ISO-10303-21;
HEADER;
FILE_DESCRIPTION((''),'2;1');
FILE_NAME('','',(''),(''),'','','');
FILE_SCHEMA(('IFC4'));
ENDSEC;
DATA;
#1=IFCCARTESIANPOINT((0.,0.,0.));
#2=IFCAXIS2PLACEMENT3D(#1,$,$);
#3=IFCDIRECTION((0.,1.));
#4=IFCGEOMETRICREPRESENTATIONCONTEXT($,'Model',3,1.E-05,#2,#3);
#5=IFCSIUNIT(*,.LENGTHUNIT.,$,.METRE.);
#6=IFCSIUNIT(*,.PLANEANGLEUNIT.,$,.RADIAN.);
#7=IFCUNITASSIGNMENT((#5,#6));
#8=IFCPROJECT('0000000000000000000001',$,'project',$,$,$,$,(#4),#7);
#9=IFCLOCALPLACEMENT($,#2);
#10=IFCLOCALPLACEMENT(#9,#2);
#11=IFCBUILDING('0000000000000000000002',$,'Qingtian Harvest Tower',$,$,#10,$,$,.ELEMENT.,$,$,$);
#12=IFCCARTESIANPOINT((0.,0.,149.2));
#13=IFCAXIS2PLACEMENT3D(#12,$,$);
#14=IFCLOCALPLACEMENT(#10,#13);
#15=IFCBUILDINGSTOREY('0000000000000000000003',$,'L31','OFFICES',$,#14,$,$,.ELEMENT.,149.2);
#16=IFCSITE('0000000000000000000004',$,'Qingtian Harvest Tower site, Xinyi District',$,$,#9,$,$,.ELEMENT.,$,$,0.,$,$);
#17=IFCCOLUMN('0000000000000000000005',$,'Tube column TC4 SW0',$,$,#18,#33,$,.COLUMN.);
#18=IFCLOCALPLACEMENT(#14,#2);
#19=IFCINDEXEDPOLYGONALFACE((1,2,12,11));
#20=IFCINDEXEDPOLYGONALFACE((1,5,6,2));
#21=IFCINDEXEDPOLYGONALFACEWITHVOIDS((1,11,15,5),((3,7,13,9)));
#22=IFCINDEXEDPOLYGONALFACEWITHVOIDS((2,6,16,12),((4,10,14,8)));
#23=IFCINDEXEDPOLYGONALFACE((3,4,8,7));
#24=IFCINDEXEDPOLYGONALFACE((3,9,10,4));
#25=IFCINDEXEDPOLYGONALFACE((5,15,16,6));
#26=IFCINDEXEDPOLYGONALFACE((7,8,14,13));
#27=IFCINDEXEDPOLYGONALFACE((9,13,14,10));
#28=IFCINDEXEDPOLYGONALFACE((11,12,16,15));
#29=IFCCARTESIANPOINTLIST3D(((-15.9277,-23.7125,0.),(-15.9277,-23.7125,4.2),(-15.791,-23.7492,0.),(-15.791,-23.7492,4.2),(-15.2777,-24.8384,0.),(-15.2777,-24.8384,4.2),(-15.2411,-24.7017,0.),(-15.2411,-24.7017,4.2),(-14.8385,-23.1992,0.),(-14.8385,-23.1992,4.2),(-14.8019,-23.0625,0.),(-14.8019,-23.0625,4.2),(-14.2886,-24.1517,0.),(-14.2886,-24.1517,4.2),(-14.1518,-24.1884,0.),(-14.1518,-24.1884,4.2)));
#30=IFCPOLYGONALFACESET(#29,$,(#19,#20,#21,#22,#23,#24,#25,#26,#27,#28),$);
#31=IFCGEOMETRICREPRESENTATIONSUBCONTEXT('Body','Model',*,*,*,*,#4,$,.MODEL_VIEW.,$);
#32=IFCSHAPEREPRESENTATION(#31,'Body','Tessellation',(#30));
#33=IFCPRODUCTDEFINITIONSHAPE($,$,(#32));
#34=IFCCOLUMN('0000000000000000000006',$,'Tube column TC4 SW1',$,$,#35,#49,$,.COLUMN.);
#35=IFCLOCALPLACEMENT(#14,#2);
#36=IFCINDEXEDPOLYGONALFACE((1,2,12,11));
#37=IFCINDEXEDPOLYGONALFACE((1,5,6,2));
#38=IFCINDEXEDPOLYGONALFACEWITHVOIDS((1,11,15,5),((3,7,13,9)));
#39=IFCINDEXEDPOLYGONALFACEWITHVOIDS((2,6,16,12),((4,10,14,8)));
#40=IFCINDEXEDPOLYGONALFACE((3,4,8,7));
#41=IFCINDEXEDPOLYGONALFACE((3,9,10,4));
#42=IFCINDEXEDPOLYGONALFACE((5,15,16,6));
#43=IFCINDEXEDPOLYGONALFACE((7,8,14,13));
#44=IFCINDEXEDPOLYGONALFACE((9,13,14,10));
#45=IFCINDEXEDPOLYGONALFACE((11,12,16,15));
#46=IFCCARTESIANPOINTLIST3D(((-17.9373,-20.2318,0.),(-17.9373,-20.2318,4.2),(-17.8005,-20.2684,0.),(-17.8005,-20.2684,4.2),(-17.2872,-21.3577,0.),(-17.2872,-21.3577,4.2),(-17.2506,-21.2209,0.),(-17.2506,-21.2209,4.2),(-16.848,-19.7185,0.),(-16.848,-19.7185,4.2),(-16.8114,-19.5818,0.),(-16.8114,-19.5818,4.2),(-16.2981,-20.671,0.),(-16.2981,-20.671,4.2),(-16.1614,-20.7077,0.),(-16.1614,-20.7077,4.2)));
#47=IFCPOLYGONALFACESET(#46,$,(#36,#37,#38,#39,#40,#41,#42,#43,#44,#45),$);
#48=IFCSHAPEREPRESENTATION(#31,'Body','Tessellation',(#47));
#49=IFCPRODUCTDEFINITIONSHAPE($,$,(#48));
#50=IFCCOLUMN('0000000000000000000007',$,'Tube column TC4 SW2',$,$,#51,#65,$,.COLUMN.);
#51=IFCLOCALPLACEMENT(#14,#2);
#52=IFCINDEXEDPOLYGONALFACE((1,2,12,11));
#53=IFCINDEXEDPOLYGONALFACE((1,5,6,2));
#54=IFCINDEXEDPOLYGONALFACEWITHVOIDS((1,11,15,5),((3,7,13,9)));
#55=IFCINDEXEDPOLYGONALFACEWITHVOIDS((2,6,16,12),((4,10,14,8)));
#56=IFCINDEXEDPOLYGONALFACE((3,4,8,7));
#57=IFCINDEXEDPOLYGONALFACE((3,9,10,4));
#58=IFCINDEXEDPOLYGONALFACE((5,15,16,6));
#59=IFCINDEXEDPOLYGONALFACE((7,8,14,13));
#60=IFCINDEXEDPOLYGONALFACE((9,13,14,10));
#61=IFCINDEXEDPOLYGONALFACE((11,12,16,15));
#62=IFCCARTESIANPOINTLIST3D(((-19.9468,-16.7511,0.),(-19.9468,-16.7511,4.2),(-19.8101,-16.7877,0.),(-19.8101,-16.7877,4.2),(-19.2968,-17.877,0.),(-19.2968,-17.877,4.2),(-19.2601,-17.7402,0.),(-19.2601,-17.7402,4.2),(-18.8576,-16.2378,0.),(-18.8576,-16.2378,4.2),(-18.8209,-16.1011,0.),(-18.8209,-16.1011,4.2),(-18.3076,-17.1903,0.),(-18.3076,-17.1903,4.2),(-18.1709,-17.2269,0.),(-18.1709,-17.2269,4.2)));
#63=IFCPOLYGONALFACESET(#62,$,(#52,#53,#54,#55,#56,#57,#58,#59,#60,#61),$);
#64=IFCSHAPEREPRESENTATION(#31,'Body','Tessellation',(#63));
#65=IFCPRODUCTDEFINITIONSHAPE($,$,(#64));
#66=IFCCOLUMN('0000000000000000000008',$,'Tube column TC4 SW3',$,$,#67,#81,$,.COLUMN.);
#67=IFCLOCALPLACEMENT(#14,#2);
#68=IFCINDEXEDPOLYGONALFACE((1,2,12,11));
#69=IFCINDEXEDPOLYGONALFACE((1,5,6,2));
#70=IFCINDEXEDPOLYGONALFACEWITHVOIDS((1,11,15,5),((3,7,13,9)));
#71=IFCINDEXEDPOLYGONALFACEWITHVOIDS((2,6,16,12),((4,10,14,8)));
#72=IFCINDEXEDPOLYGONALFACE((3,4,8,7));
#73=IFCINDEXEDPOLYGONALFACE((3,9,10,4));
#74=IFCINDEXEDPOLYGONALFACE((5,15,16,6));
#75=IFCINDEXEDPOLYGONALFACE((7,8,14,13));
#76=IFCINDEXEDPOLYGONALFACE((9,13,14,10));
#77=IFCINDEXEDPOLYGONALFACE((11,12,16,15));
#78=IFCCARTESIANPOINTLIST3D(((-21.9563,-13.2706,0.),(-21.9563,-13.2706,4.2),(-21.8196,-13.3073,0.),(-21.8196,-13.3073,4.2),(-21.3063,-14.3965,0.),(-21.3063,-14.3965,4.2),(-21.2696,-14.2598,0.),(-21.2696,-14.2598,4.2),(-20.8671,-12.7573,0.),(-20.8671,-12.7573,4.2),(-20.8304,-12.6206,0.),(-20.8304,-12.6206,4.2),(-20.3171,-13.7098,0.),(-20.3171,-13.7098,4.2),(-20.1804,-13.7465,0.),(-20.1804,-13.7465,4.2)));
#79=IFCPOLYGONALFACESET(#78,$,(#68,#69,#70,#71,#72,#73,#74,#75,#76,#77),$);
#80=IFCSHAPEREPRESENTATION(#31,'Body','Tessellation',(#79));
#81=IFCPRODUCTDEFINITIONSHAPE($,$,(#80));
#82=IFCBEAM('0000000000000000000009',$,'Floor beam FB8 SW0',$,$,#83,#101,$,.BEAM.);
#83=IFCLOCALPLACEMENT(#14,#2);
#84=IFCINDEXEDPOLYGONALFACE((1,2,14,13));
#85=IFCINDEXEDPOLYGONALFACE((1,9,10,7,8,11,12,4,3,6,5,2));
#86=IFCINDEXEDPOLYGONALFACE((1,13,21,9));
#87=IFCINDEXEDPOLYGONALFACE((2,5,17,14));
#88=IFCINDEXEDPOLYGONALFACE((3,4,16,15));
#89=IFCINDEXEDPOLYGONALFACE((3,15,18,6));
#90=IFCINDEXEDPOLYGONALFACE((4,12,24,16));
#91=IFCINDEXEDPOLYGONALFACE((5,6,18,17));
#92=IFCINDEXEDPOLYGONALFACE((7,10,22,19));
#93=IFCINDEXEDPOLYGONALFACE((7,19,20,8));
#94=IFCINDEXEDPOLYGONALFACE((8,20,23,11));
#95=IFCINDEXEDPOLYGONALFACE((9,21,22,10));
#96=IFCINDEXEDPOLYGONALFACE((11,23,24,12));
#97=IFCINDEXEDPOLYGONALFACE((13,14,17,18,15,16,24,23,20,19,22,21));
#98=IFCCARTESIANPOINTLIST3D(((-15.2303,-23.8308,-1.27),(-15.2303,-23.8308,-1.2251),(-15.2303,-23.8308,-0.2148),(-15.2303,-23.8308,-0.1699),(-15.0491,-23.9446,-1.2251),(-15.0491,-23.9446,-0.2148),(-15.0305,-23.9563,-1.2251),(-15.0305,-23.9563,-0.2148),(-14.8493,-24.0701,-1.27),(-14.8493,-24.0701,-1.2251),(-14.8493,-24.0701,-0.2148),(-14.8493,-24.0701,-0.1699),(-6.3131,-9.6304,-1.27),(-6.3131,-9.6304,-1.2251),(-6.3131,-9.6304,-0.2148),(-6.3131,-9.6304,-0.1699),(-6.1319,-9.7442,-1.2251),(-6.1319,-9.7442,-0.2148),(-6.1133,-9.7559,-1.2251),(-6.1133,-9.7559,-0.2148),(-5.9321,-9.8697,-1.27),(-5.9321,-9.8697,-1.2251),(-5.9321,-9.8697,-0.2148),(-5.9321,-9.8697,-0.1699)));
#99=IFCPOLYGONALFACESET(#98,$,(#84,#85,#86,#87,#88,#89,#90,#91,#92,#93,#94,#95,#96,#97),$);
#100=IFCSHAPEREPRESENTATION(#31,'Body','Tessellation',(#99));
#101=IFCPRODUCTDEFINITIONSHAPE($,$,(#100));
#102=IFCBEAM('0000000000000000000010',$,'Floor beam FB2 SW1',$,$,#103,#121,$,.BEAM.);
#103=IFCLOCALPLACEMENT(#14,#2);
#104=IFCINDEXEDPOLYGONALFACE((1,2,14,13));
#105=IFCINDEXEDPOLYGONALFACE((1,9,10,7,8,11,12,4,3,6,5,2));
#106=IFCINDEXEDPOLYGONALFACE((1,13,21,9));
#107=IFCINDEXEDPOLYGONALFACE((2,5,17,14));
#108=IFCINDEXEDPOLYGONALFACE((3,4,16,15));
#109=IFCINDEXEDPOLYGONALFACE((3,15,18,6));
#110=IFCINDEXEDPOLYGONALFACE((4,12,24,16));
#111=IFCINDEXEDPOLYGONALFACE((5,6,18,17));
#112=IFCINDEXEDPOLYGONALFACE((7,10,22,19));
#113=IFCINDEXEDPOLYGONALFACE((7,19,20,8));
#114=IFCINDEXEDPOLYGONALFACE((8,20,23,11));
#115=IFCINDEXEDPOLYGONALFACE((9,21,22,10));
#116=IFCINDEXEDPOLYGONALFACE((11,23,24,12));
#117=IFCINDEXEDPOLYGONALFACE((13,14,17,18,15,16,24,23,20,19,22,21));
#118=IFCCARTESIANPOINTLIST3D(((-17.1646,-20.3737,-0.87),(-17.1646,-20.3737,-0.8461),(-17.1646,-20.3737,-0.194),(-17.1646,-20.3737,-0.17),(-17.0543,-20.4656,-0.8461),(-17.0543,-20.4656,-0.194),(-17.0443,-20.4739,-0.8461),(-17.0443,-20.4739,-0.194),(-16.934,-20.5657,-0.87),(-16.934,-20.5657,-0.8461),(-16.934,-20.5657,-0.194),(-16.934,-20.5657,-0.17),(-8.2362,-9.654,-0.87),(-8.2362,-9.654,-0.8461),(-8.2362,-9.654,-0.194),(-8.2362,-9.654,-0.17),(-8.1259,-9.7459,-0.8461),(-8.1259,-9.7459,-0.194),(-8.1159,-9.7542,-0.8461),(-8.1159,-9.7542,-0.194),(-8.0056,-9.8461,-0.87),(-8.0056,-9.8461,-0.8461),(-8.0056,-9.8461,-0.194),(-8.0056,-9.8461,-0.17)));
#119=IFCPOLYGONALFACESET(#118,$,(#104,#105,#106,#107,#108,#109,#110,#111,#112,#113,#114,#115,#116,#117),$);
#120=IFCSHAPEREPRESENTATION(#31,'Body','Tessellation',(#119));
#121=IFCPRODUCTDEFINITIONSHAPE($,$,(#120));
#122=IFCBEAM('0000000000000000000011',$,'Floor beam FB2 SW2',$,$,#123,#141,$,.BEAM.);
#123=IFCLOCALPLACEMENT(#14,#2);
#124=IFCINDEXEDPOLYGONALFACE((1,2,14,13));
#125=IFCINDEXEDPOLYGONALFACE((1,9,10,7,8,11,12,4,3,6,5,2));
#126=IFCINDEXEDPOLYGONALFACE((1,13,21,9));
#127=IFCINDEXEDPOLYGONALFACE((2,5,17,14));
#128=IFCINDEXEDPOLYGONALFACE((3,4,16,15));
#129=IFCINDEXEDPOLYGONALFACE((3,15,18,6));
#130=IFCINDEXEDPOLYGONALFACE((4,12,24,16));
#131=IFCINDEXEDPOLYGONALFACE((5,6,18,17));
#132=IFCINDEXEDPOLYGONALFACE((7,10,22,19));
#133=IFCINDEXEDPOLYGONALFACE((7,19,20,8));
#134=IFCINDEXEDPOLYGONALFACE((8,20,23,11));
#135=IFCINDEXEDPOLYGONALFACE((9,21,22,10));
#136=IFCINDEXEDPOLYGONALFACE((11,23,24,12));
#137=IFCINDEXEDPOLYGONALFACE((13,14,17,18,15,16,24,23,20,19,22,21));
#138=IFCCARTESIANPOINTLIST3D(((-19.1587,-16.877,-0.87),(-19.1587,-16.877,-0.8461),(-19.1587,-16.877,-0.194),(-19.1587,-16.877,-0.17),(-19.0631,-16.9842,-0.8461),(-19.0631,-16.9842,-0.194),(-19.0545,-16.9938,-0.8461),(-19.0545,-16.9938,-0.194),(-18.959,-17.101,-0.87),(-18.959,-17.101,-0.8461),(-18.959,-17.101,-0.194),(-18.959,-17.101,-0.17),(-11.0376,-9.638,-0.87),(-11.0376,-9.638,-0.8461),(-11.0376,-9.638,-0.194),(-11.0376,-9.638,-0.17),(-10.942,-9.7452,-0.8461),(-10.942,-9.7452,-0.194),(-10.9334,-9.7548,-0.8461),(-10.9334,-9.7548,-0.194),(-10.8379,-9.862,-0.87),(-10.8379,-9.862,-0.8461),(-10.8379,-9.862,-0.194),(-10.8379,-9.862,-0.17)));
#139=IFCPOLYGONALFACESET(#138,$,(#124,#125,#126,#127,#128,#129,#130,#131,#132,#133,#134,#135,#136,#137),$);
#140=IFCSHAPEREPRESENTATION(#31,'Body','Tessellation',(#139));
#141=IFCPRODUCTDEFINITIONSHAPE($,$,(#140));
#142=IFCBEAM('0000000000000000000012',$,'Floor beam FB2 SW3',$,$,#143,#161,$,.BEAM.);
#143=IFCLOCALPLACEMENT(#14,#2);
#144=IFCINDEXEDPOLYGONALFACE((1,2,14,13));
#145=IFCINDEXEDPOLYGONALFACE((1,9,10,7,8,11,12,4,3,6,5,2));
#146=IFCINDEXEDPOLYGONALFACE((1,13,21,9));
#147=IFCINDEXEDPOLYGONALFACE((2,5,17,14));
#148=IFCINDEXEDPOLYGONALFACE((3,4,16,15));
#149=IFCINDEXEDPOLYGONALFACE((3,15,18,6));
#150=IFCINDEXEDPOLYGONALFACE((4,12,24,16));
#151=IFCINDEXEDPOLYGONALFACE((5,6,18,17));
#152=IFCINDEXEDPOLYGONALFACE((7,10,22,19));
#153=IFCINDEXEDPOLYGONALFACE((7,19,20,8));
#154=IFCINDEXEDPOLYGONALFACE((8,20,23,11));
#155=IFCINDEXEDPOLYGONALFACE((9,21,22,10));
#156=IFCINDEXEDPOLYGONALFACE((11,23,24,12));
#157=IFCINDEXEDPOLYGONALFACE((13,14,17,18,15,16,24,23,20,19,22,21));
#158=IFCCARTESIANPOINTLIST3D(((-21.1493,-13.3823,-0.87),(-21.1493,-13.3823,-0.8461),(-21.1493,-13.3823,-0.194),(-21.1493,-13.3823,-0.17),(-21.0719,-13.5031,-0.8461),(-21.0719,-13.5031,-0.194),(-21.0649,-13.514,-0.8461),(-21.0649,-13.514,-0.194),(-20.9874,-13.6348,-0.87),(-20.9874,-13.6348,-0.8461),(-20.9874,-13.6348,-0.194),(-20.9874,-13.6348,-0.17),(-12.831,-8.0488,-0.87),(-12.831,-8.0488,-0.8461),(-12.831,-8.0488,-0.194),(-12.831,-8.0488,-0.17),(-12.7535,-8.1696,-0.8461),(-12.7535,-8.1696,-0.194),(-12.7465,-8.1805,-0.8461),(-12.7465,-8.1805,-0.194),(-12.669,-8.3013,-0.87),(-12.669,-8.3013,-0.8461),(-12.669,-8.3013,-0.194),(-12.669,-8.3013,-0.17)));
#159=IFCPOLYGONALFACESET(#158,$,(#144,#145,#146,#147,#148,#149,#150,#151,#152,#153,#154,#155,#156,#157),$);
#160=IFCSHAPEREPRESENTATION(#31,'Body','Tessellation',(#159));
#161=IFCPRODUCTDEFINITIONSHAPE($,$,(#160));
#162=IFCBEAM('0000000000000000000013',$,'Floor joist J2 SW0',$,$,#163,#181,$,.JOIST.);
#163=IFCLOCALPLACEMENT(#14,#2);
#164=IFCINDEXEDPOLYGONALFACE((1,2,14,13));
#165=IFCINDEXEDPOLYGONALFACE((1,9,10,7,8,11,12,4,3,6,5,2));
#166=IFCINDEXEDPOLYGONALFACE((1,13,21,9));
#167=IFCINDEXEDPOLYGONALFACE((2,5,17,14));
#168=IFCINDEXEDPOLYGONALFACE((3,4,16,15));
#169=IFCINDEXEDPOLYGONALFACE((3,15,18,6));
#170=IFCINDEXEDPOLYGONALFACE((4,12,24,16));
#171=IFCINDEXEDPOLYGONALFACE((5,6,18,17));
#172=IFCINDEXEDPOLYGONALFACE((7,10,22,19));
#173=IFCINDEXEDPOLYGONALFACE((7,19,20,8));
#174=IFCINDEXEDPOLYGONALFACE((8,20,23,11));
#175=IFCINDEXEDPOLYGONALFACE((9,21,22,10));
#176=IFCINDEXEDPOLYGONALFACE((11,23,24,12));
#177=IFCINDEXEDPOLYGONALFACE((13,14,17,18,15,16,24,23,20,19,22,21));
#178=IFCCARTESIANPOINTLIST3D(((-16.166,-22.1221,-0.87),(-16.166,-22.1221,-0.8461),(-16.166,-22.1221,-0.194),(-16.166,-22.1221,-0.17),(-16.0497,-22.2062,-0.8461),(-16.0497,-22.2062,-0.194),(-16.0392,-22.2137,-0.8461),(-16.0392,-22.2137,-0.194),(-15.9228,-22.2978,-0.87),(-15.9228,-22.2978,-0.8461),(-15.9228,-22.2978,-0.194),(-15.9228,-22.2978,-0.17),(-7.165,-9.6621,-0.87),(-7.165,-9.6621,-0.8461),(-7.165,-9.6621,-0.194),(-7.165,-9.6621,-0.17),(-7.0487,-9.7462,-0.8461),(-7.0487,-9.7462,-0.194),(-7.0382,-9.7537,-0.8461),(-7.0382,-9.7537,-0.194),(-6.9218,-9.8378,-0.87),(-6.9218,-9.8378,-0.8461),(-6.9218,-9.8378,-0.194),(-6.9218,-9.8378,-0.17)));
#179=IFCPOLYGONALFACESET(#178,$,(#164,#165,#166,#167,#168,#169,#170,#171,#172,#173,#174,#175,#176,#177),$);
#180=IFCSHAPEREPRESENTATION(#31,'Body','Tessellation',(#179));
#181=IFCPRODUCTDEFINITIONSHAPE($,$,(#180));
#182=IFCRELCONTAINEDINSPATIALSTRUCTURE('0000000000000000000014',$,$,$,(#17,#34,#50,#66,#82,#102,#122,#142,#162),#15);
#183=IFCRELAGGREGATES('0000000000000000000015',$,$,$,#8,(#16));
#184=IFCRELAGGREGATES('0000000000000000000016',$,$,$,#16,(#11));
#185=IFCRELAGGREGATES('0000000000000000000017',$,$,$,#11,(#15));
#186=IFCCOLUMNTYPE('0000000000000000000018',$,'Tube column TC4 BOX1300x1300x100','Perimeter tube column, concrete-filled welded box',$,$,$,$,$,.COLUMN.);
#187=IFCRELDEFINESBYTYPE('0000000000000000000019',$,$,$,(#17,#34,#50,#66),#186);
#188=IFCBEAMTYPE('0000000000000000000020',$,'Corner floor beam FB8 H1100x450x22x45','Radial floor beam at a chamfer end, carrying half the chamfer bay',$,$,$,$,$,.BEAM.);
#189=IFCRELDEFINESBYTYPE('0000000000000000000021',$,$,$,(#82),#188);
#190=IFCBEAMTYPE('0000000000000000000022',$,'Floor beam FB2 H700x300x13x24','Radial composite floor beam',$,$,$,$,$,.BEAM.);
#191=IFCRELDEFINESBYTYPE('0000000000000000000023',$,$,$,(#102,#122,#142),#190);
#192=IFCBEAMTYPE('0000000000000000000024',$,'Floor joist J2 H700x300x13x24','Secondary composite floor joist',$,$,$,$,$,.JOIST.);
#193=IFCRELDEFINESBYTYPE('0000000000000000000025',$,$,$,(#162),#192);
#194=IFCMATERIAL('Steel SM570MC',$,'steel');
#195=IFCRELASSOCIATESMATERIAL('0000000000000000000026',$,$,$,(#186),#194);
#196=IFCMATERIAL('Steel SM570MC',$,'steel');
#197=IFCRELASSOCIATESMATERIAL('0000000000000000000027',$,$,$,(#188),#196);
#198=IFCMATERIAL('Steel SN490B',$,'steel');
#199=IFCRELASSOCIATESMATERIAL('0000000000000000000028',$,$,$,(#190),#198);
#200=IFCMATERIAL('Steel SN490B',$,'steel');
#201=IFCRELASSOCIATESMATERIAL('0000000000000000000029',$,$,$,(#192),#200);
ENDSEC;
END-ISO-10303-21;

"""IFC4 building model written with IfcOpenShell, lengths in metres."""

from ifc_helpers import new_model, si_unit, direction, frame, origin, origin_2d, place, context, subcontext, project, spatial, hollow_rectangle, i_section, extrude, material, material_profile, profile_set, type_object, element, save


model = new_model("IFC4")

# Units and contexts
model_context = context("Model", 3, precision=1e-05, world=origin(), true_north=direction((0.0, 1.0)))
body_context = subcontext(model_context, "Body", "Model", "MODEL_VIEW")
ifc_project = project(units=[si_unit("LENGTHUNIT", "METRE"), si_unit("PLANEANGLEUNIT", "RADIAN")], contexts=[model_context])

# Site, building, storey
site_placement = place(None, origin())
site = spatial("IfcSite", under=ifc_project, at=site_placement, Name="Qingtian Harvest Tower site, Xinyi District", CompositionType="ELEMENT", RefElevation=0.0)
building_placement = place(site_placement, origin())
building = spatial("IfcBuilding", under=site, at=building_placement, Name="Qingtian Harvest Tower", CompositionType="ELEMENT")
storey_placement = place(building_placement, frame((0.0, 0.0, 149.2)))
storey = spatial("IfcBuildingStorey", under=building, at=storey_placement, Name="L31", Description="OFFICES", CompositionType="ELEMENT", Elevation=149.2)

# Columns
ifc_material_1 = material(Name="Steel SM570MC", Category="steel")
ifc_material_profile_1 = material_profile(ifc_material_1, hollow_rectangle(XDim=1.3, YDim=1.3, WallThickness=0.1001, at=origin_2d()), Name="BOX1300x1300x100")
ifc_profile_set_1 = profile_set([ifc_material_profile_1], Name="Steel SM570MC")
column_type = type_object("IfcColumnType", Name="Tube column TC4 BOX1300x1300x100", Description="Perimeter tube column, concrete-filled welded box", PredefinedType="COLUMN", material=ifc_profile_set_1)
for number, where, z_axis, x_axis, name in (
    (1, (-15.0398, -23.9504, 0.0), (0.0, 0.0, 1.0), (0.5, -0.866025, 0.0), "Tube column TC4 SW0"),
    (2, (-17.0493, -20.4697, 0.0), (0.0, 0.0, 1.0), (0.5, -0.866025, 0.0), "Tube column TC4 SW1"),
    (3, (-19.0588, -16.989, 0.0), (0.0, 0.0, 1.0), (0.5, -0.866025, 0.0), "Tube column TC4 SW2"),
    (4, (-21.0684, -13.5085, 0.0), (0.0, 0.0, 1.0), (0.5, -0.866025, 0.0), "Tube column TC4 SW3"),
):
    element("IfcColumn", number, at=place(storey_placement, frame(where, z_axis=z_axis, x_axis=x_axis)), inside=storey, type_object=column_type, Name=name, PredefinedType="COLUMN", context=body_context, shape_type="SweptSolid", body=[
        extrude(hollow_rectangle(XDim=1.3, YDim=1.3, WallThickness=0.1001, at=origin_2d()), origin(), (0.0, 0.0, 1.0), 4.2),
    ])

# Beams
ifc_material_2 = material(Name="Steel SM570MC", Category="steel")
ifc_material_profile_2 = material_profile(ifc_material_2, i_section(OverallWidth=0.45, OverallDepth=1.1001, WebThickness=0.022, FlangeThickness=0.0449, at=origin_2d()), Name="H1100x450x22x45")
ifc_profile_set_2 = profile_set([ifc_material_profile_2], Name="Steel SM570MC")
beam_type_1 = type_object("IfcBeamType", Name="Corner floor beam FB8 H1100x450x22x45", Description="Radial floor beam at a chamfer end, carrying half the chamfer bay", PredefinedType="BEAM", material=ifc_profile_set_2)
beam_1_placement = place(storey_placement, frame((-15.0398, -23.9504, -0.72), z_axis=(0.531797, 0.846872, 0.0), x_axis=(-0.846872, 0.531797, 0.0)))
element("IfcBeam", 5, at=beam_1_placement, inside=storey, type_object=beam_type_1, Name="Floor beam FB8 SW0", PredefinedType="BEAM", context=body_context, shape_type="SweptSolid", body=[
    extrude(i_section(OverallWidth=0.45, OverallDepth=1.1001, WebThickness=0.022, FlangeThickness=0.0449, at=origin_2d()), origin(), (0.0, 0.0, 1.0), 16.7681),
])
ifc_material_3 = material(Name="Steel SN490B", Category="steel")
ifc_material_profile_3 = material_profile(ifc_material_3, i_section(OverallWidth=0.3, OverallDepth=0.7, WebThickness=0.0129, FlangeThickness=0.0239, at=origin_2d()), Name="H700x300x13x24")
ifc_profile_set_3 = profile_set([ifc_material_profile_3], Name="Steel SN490B")
beam_type_2 = type_object("IfcBeamType", Name="Floor beam FB2 H700x300x13x24", Description="Radial composite floor beam", PredefinedType="BEAM", material=ifc_profile_set_3)
beam_2_placement = place(storey_placement, frame((-17.0493, -20.4697, -0.52), z_axis=(0.639988, 0.768385, 0.0), x_axis=(-0.768385, 0.639988, 0.0)))
element("IfcBeam", 6, at=beam_2_placement, inside=storey, type_object=beam_type_2, Name="Floor beam FB2 SW1", PredefinedType="BEAM", context=body_context, shape_type="SweptSolid", body=[
    extrude(i_section(OverallWidth=0.3, OverallDepth=0.7, WebThickness=0.0129, FlangeThickness=0.0239, at=origin_2d()), origin(), (0.0, 0.0, 1.0), 13.9509),
])
beam_3_placement = place(storey_placement, frame((-19.0588, -16.989, -0.52), z_axis=(0.746484, 0.665404, 0.0), x_axis=(-0.665404, 0.746484, 0.0)))
element("IfcBeam", 7, at=beam_3_placement, inside=storey, type_object=beam_type_2, Name="Floor beam FB2 SW2", PredefinedType="BEAM", context=body_context, shape_type="SweptSolid", body=[
    extrude(i_section(OverallWidth=0.3, OverallDepth=0.7, WebThickness=0.0129, FlangeThickness=0.0239, at=origin_2d()), origin(), (0.0, 0.0, 1.0), 10.8792),
])
beam_4_placement = place(storey_placement, frame((-21.0684, -13.5085, -0.52), z_axis=(0.841823, 0.539753, 0.0), x_axis=(-0.539753, 0.841823, 0.0)))
element("IfcBeam", 8, at=beam_4_placement, inside=storey, type_object=beam_type_2, Name="Floor beam FB2 SW3", PredefinedType="BEAM", context=body_context, shape_type="SweptSolid", body=[
    extrude(i_section(OverallWidth=0.3, OverallDepth=0.7, WebThickness=0.0129, FlangeThickness=0.0239, at=origin_2d()), origin(), (0.0, 0.0, 1.0), 9.8813),
])
ifc_material_4 = material(Name="Steel SN490B", Category="steel")
ifc_material_profile_4 = material_profile(ifc_material_4, i_section(OverallWidth=0.3, OverallDepth=0.7, WebThickness=0.0129, FlangeThickness=0.0239, at=origin_2d()), Name="H700x300x13x24")
ifc_profile_set_4 = profile_set([ifc_material_profile_4], Name="Steel SN490B")
beam_type_3 = type_object("IfcBeamType", Name="Floor joist J2 H700x300x13x24", Description="Secondary composite floor joist", PredefinedType="JOIST", material=ifc_profile_set_4)
beam_5_placement = place(storey_placement, frame((-16.0444, -22.21, -0.52), z_axis=(0.585581, 0.810614, 0.0), x_axis=(-0.810614, 0.585581, 0.0)))
element("IfcBeam", 9, at=beam_5_placement, inside=storey, type_object=beam_type_3, Name="Floor joist J2 SW0", PredefinedType="JOIST", context=body_context, shape_type="SweptSolid", body=[
    extrude(i_section(OverallWidth=0.3, OverallDepth=0.7, WebThickness=0.0129, FlangeThickness=0.0239, at=origin_2d()), origin(), (0.0, 0.0, 1.0), 15.3711),
])

save(model, "model.ifc")
